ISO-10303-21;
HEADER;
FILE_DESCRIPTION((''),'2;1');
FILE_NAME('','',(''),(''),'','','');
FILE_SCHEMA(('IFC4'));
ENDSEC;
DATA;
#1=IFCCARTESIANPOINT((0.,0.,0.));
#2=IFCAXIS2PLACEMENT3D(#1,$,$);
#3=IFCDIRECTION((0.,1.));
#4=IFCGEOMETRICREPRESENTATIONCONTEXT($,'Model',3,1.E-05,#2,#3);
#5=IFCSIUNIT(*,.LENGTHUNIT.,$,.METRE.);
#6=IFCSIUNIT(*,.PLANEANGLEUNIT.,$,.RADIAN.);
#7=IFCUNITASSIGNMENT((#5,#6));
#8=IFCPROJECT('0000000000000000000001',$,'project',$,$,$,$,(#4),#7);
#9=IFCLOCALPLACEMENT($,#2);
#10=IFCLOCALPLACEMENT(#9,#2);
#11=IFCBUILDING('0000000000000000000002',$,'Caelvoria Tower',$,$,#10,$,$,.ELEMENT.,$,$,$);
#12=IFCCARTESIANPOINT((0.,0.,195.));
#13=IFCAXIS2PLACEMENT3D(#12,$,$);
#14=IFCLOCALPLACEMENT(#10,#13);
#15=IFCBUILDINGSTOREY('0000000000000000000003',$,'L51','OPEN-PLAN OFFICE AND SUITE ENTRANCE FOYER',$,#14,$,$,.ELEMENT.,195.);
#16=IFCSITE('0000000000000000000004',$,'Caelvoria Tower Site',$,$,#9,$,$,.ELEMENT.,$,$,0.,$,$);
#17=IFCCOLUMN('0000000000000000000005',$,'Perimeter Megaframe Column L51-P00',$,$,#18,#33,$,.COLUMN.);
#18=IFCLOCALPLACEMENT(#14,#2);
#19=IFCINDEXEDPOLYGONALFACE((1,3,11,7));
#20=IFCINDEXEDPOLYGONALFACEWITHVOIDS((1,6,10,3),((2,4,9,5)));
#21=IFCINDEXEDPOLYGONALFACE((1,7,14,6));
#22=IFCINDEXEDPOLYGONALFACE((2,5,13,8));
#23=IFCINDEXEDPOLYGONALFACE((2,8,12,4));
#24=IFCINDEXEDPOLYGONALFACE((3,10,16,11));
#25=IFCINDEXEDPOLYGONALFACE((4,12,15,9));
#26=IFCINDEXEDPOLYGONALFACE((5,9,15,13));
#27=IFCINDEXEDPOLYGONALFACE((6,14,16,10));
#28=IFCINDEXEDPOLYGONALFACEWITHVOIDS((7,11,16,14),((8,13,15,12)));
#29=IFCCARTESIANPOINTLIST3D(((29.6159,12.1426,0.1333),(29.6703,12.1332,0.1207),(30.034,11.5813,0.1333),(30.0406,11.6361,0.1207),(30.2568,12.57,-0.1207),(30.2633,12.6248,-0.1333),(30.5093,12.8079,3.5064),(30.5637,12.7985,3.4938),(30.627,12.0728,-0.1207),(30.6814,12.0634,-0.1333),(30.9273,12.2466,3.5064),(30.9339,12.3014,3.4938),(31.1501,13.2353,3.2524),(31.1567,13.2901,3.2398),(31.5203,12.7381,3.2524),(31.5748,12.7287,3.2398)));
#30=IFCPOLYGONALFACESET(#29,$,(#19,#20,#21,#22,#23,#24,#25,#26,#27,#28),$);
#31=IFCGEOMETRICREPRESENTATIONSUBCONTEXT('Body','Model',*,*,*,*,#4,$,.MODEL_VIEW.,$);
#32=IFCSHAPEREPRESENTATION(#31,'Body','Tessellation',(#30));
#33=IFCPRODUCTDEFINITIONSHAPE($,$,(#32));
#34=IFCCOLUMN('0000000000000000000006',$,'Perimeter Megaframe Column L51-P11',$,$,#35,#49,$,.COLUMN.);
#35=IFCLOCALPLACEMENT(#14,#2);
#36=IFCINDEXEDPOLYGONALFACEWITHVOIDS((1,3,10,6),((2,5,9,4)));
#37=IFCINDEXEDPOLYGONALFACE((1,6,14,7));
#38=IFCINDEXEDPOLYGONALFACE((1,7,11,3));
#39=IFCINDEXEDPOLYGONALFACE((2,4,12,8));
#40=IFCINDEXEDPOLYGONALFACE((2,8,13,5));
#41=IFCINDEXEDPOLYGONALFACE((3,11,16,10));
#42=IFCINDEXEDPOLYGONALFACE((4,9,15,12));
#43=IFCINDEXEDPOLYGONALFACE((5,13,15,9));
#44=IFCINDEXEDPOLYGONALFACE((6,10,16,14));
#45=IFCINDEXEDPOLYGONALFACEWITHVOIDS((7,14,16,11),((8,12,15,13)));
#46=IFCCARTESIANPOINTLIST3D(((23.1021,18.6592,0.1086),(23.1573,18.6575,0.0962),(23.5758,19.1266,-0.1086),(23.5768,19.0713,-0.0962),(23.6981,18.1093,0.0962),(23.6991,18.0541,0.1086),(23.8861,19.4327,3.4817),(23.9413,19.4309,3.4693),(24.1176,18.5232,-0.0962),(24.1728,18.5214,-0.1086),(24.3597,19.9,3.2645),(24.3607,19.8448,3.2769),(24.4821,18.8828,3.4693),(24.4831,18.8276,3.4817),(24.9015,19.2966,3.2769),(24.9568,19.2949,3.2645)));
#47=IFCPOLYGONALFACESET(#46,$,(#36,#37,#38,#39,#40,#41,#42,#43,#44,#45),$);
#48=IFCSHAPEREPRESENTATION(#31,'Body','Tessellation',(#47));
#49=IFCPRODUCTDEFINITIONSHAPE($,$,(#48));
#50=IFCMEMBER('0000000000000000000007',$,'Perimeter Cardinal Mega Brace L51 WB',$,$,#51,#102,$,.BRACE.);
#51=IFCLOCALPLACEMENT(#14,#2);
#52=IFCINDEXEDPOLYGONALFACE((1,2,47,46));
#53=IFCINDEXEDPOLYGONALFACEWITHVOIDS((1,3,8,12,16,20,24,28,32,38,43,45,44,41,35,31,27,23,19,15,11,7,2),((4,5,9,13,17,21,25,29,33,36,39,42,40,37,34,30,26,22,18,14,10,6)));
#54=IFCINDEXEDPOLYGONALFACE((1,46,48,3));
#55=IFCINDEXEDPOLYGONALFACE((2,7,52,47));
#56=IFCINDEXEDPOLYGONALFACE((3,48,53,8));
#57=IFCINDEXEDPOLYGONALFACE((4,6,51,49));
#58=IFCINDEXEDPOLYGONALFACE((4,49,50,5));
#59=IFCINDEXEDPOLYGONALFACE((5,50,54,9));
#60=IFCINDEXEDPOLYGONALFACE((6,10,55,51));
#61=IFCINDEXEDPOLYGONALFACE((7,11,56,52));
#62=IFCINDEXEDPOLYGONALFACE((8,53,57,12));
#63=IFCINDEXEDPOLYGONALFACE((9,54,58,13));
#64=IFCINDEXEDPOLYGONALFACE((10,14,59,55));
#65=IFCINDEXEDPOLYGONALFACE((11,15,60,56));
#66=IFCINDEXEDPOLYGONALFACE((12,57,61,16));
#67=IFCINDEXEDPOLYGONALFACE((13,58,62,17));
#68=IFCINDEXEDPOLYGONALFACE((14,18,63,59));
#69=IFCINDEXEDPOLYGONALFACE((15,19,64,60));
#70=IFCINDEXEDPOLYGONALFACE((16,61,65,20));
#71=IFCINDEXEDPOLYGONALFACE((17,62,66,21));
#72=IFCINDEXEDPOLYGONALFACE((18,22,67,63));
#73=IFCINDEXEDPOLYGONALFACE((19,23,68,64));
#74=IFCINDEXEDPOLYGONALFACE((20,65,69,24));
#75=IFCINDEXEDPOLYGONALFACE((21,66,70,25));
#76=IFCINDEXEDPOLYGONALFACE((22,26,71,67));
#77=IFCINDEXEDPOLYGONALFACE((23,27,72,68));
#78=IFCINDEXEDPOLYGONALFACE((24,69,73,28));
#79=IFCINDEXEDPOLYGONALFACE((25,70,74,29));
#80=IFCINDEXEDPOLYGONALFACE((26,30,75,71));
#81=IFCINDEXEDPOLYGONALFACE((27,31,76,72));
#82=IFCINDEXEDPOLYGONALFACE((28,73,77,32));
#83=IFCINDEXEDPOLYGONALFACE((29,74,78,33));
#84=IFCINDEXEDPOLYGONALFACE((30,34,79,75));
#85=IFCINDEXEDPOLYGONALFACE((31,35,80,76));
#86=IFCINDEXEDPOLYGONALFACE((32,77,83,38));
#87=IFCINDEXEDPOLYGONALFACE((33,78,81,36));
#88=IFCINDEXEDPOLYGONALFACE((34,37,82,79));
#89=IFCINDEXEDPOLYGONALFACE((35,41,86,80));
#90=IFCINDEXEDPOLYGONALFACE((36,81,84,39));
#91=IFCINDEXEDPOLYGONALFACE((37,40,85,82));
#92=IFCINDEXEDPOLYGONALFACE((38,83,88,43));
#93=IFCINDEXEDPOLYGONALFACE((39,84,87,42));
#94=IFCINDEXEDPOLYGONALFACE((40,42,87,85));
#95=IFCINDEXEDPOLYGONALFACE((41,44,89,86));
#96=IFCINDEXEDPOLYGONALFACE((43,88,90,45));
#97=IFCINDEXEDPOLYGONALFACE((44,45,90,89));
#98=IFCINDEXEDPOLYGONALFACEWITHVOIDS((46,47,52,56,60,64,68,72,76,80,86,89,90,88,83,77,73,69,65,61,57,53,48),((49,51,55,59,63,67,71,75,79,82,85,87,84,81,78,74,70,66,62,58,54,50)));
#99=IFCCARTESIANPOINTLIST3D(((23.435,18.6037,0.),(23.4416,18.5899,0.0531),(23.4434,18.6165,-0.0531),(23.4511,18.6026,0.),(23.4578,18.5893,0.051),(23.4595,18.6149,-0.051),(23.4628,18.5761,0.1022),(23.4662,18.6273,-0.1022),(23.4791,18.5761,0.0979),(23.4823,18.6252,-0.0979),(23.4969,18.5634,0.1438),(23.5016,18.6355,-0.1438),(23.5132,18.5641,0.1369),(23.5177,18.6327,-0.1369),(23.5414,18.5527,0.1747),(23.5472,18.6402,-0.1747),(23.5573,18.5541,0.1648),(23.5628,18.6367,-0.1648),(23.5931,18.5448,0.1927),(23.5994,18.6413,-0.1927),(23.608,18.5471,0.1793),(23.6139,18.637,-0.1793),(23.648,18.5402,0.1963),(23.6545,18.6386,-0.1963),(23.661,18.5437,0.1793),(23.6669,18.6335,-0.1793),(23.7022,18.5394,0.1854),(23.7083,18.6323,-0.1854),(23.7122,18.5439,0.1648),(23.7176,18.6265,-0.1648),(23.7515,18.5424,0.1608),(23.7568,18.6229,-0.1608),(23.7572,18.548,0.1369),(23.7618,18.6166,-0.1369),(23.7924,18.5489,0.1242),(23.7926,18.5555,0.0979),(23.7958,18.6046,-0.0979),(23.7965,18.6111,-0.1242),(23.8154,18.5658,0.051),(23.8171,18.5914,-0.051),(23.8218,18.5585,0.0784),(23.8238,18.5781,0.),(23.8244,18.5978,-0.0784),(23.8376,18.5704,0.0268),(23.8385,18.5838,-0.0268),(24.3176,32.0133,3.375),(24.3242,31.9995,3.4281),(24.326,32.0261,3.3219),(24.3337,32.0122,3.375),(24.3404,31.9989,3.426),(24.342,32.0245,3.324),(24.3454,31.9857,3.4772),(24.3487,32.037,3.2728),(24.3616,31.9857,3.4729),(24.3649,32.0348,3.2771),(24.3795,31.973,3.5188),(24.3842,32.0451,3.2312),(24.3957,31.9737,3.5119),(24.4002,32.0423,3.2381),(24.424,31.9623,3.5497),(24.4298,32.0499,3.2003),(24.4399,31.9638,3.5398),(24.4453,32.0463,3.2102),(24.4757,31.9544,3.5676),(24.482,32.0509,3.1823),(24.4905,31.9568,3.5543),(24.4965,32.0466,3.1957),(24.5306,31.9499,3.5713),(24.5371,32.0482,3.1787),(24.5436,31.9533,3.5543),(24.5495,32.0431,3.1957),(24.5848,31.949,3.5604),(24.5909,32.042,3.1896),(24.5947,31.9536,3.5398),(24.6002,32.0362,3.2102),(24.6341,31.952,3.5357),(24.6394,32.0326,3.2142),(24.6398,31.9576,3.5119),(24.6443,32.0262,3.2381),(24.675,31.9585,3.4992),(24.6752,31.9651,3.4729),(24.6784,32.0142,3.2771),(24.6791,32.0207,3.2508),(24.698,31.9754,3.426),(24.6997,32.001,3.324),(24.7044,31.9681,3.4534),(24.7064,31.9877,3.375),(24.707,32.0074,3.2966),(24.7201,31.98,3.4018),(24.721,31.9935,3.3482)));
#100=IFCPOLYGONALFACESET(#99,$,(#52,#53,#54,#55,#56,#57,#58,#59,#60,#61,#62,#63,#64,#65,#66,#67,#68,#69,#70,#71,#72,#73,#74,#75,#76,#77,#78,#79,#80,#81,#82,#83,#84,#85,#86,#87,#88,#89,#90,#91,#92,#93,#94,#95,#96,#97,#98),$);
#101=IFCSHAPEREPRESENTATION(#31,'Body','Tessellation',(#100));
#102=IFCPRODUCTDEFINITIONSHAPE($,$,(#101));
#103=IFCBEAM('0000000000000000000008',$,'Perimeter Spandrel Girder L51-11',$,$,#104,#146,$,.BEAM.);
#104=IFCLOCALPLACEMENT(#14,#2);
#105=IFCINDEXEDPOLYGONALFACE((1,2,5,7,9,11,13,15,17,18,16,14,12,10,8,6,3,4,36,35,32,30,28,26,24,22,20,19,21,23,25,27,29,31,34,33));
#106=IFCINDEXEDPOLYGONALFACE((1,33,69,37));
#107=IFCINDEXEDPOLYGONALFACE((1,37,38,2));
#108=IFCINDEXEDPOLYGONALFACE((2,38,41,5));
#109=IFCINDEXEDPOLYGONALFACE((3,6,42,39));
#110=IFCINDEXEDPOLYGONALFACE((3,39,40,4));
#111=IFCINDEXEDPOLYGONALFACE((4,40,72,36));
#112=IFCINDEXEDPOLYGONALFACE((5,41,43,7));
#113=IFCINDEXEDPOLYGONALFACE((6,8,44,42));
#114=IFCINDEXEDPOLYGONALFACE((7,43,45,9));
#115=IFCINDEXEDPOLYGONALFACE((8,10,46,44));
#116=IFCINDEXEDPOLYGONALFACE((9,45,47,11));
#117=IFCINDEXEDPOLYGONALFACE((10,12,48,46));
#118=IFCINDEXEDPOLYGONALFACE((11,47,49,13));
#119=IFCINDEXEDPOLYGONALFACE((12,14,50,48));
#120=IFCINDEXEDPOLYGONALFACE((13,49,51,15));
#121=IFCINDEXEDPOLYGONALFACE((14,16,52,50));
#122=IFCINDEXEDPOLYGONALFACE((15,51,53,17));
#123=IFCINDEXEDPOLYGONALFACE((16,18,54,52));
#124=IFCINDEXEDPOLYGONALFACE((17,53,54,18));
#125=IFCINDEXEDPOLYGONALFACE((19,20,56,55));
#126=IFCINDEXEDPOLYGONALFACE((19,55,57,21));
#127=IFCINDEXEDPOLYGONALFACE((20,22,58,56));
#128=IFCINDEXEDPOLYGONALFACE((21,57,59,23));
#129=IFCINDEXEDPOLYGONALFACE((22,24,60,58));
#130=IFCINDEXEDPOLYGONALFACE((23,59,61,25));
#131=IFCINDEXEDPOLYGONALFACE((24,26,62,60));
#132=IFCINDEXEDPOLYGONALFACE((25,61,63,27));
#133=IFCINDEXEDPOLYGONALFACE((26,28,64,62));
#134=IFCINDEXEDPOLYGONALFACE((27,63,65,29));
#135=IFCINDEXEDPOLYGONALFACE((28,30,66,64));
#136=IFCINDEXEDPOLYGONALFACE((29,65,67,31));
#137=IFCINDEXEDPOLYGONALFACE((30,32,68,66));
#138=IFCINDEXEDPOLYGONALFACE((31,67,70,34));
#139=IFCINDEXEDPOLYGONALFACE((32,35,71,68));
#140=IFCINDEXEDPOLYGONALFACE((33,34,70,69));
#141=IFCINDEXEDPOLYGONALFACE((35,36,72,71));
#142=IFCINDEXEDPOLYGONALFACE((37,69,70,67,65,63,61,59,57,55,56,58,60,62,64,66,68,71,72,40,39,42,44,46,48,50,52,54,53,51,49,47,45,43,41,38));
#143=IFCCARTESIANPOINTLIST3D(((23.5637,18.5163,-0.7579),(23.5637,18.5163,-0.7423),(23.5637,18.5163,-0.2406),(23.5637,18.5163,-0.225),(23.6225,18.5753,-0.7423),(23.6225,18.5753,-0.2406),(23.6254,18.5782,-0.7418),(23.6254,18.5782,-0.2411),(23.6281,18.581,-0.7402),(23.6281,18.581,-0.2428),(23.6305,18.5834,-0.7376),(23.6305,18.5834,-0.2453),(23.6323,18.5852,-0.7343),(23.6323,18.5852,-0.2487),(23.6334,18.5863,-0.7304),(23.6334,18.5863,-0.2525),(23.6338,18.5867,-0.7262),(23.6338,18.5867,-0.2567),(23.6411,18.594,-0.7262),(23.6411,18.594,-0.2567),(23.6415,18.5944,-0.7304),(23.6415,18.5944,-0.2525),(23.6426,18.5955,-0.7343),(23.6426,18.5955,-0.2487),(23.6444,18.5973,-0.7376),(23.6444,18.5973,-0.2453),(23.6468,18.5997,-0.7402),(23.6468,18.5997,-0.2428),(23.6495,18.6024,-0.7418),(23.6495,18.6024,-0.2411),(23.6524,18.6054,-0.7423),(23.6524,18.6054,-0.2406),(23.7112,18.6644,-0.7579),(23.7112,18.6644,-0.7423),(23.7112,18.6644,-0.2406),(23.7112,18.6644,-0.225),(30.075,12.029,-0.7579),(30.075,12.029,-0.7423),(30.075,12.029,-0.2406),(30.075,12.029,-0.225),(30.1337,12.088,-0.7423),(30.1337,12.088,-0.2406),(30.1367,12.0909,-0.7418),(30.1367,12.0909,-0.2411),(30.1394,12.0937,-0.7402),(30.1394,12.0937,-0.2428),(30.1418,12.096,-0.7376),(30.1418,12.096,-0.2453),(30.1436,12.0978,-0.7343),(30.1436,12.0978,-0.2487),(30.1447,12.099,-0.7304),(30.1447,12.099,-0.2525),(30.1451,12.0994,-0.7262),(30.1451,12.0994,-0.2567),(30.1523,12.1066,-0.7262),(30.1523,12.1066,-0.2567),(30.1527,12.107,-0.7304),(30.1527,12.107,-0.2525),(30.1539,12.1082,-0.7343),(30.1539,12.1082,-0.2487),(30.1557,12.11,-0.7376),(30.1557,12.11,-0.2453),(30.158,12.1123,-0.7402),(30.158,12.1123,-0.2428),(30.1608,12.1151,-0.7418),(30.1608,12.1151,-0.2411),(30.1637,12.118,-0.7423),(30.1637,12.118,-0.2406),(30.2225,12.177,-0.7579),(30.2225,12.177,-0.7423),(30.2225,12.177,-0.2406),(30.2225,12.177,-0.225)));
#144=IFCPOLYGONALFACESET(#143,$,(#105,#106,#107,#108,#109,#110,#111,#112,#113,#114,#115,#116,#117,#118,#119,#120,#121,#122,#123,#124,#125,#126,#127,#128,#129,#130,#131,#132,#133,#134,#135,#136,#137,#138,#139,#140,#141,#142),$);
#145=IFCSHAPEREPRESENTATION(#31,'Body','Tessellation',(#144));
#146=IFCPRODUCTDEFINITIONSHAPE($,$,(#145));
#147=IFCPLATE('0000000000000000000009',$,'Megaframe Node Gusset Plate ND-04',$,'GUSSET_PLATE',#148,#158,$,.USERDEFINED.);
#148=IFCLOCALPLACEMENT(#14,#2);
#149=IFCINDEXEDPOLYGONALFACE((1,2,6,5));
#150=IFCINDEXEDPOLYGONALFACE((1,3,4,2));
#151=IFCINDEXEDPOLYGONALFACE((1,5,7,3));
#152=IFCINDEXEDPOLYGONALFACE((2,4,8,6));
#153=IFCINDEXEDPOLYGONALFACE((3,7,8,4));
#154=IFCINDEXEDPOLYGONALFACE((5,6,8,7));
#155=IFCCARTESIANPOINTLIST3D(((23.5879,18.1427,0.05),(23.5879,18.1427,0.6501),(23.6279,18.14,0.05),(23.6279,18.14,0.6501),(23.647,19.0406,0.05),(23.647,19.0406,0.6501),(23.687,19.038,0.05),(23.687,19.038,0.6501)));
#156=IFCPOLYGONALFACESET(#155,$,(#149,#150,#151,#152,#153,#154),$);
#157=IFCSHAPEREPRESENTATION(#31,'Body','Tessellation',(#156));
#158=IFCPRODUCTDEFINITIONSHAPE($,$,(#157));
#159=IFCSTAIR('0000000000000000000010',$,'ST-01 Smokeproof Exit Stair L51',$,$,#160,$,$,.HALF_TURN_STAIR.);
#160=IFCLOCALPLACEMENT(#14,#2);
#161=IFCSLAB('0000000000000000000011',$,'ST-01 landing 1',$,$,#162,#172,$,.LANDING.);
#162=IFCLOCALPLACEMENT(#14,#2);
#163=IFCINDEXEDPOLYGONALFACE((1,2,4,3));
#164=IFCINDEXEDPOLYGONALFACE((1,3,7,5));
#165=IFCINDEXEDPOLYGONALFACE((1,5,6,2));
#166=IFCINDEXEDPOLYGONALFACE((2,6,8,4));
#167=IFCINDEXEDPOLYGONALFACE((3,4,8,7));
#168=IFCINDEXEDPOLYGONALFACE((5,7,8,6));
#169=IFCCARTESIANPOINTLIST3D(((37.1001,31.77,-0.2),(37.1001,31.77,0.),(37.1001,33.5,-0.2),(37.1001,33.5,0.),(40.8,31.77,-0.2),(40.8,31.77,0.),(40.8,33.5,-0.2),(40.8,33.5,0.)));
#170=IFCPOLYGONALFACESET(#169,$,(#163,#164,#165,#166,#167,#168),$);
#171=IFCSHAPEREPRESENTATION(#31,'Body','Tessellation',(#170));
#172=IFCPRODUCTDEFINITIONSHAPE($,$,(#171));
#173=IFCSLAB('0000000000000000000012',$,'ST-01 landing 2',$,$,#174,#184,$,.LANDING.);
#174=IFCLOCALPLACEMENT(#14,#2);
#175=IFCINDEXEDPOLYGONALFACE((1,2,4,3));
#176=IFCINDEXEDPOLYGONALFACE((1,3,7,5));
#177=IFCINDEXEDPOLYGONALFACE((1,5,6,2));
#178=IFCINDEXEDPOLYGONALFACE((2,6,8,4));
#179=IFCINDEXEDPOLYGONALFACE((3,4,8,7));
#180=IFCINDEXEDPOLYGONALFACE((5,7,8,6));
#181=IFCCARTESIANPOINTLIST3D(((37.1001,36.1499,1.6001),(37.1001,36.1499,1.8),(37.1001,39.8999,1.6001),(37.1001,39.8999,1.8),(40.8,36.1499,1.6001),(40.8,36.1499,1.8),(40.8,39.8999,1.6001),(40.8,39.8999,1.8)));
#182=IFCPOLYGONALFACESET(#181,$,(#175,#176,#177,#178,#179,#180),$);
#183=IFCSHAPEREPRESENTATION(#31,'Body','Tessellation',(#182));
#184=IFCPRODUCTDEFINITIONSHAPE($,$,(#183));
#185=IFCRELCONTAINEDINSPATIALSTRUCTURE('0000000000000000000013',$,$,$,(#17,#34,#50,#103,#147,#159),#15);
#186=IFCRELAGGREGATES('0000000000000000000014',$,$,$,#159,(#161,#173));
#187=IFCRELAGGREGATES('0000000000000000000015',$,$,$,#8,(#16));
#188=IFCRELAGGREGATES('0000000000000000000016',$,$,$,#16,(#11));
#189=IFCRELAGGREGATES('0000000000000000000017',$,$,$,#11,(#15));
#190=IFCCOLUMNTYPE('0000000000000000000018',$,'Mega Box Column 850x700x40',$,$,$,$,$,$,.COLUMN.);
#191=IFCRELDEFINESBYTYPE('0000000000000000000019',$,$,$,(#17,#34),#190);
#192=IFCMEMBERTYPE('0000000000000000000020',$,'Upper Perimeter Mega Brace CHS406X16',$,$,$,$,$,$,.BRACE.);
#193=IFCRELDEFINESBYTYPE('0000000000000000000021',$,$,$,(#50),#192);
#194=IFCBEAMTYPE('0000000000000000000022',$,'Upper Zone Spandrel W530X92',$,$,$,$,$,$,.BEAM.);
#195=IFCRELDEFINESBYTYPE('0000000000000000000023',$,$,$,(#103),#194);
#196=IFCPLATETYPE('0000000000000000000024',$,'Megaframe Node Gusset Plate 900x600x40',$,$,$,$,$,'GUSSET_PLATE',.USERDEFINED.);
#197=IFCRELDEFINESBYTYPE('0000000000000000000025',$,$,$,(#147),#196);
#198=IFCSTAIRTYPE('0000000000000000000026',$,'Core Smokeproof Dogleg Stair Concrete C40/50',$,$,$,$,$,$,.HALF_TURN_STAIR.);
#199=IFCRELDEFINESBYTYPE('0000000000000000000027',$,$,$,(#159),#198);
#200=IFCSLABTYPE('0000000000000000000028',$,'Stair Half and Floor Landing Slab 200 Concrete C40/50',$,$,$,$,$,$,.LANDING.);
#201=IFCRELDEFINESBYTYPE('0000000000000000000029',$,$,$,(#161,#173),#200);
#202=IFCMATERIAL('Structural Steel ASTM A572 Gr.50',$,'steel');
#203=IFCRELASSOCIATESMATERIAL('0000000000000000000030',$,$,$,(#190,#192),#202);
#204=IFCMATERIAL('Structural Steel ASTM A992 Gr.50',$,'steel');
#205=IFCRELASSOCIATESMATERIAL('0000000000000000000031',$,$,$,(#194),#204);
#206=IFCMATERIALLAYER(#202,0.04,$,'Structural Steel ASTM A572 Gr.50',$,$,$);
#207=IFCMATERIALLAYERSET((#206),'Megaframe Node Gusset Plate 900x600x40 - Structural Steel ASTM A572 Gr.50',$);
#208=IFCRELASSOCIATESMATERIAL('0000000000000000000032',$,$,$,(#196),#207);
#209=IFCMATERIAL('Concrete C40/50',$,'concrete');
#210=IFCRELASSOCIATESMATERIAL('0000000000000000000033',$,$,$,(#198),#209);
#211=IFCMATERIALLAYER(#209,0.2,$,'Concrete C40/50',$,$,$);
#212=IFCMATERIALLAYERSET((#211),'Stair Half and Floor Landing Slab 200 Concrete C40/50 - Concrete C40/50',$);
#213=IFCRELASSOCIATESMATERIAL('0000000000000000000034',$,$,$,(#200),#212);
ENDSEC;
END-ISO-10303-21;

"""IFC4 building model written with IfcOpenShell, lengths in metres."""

from ifc_helpers import new_model, si_unit, direction, frame, origin, origin_2d, place, context, subcontext, project, spatial, polyline, rectangle, hollow_rectangle, hollow_circle, i_section, outline, extrude, material, layer, layer_set, material_profile, profile_set, type_object, element, aggregate, save


model = new_model("IFC4")

# Units and contexts
model_context = context("Model", 3, precision=1e-05, world=origin(), true_north=direction((0.0, 1.0)))
body_context = subcontext(model_context, "Body", "Model", "MODEL_VIEW")
ifc_project = project(units=[si_unit("LENGTHUNIT", "METRE"), si_unit("PLANEANGLEUNIT", "RADIAN")], contexts=[model_context])

# Site, building, storey
site_placement = place(None, origin())
site = spatial("IfcSite", under=ifc_project, at=site_placement, Name="Caelvoria Tower Site", CompositionType="ELEMENT", RefElevation=0.0)
building_placement = place(site_placement, origin())
building = spatial("IfcBuilding", under=site, at=building_placement, Name="Caelvoria Tower", CompositionType="ELEMENT")
storey_placement = place(building_placement, frame((0.0, 0.0, 195.0)))
storey = spatial("IfcBuildingStorey", under=building, at=storey_placement, Name="L51", Description="OPEN-PLAN OFFICE AND SUITE ENTRANCE FOYER", CompositionType="ELEMENT", Elevation=195.0)

# Columns
ifc_material_1 = material(Name="Structural Steel ASTM A572 Gr.50", Category="steel")
ifc_material_profile_1 = material_profile(ifc_material_1, hollow_rectangle(XDim=0.7, YDim=0.8501, WallThickness=0.04, at=origin_2d()), Name="Structural Steel ASTM A572 Gr.50")
ifc_profile_set_1 = profile_set([ifc_material_profile_1], Name="BOX850X700X40 - Structural Steel ASTM A572 Gr.50")
column_type = type_object("IfcColumnType", Name="Mega Box Column 850x700x40", PredefinedType="COLUMN", material=ifc_profile_set_1)
column_1_placement = place(storey_placement, frame((30.1487, 12.103, 0.0), z_axis=(0.251482, 0.187288, 0.949568), x_axis=(-0.597296, 0.802021, 0.0)))
element("IfcColumn", 1, at=column_1_placement, inside=storey, type_object=column_type, Name="Perimeter Megaframe Column L51-P00", PredefinedType="COLUMN", context=body_context, shape_type="SweptSolid", body=[
    extrude(hollow_rectangle(XDim=0.7, YDim=0.8501, WallThickness=0.04, at=origin_2d()), origin(), (0.0, 0.0, 1.0), 3.5522),
])
column_2_placement = place(storey_placement, frame((23.6375, 18.5903, 0.0), z_axis=(0.220935, 0.217976, 0.950618), x_axis=(-0.676704, -0.667642, 0.310364)))
element("IfcColumn", 2, at=column_2_placement, inside=storey, type_object=column_type, Name="Perimeter Megaframe Column L51-P11", PredefinedType="COLUMN", context=body_context, shape_type="SweptSolid", body=[
    extrude(hollow_rectangle(XDim=0.7, YDim=0.8501, WallThickness=0.04, at=origin_2d()), origin(), (0.0, 0.0, 1.0), 3.5483),
])

# Member
ifc_material_profile_2 = material_profile(ifc_material_1, hollow_circle(Radius=0.2029, WallThickness=0.0161, at=origin_2d()), Name="Structural Steel ASTM A572 Gr.50")
ifc_profile_set_2 = profile_set([ifc_material_profile_2], Name="CHS406X16 - Structural Steel ASTM A572 Gr.50")
member_type = type_object("IfcMemberType", Name="Upper Perimeter Mega Brace CHS406X16", PredefinedType="BRACE", material=ifc_profile_set_2)
member_placement = place(storey_placement, frame((23.6375, 18.5903, 0.0), z_axis=(0.063696, 0.967788, 0.243577), x_axis=(-0.997841, 0.065674, 0.0)))
element("IfcMember", 3, at=member_placement, inside=storey, type_object=member_type, Name="Perimeter Cardinal Mega Brace L51 WB", PredefinedType="BRACE", context=body_context, shape_type="SweptSolid", body=[
    extrude(hollow_circle(Radius=0.2029, WallThickness=0.0161, at=origin_2d()), origin(), (0.0, 0.0, 1.0), 13.856),
])

# Beam
ifc_material_2 = material(Name="Structural Steel ASTM A992 Gr.50", Category="steel")
ifc_material_profile_3 = material_profile(ifc_material_2, i_section(OverallWidth=0.209, OverallDepth=0.533, WebThickness=0.0103, FlangeThickness=0.0156, FilletRadius=0.0161, at=origin_2d()), Name="Structural Steel ASTM A992 Gr.50")
ifc_profile_set_3 = profile_set([ifc_material_profile_3], Name="W530X92 - Structural Steel ASTM A992 Gr.50")
beam_type = type_object("IfcBeamType", Name="Upper Zone Spandrel W530X92", PredefinedType="BEAM", material=ifc_profile_set_3)
beam_placement = place(storey_placement, frame((23.6375, 18.5903, -0.4915), z_axis=(0.708407, -0.705804, 0.0), x_axis=(0.705804, 0.708407, 0.0)))
element("IfcBeam", 4, at=beam_placement, inside=storey, type_object=beam_type, Name="Perimeter Spandrel Girder L51-11", PredefinedType="BEAM", context=body_context, shape_type="SweptSolid", body=[
    extrude(i_section(OverallWidth=0.209, OverallDepth=0.533, WebThickness=0.0103, FlangeThickness=0.0156, FilletRadius=0.0161, at=origin_2d()), origin(), (0.0, 0.0, 1.0), 9.1914),
])

# Plate
ifc_layer_1 = layer(ifc_material_1, 0.04, Name="Structural Steel ASTM A572 Gr.50")
ifc_layer_set_1 = layer_set([ifc_layer_1], Name="Megaframe Node Gusset Plate 900x600x40 - Structural Steel ASTM A572 Gr.50")
plate_type = type_object("IfcPlateType", Name="Megaframe Node Gusset Plate 900x600x40", ElementType="GUSSET_PLATE", PredefinedType="USERDEFINED", material=ifc_layer_set_1)
plate_placement = place(storey_placement, frame((23.6375, 18.5903, 0.05), z_axis=(0.0, 0.0, 1.0), x_axis=(0.065668, 0.997842, 0.0)))
element("IfcPlate", 5, at=plate_placement, inside=storey, type_object=plate_type, Name="Megaframe Node Gusset Plate ND-04", ObjectType="GUSSET_PLATE", PredefinedType="USERDEFINED", context=body_context, shape_type="SweptSolid", body=[
    extrude(rectangle(XDim=0.8999, YDim=0.04, at=origin_2d()), origin(), (0.0, 0.0, 1.0), 0.6001),
])

# Stair, slabs
ifc_material_3 = material(Name="Concrete C40/50", Category="concrete")
stair_type = type_object("IfcStairType", Name="Core Smokeproof Dogleg Stair Concrete C40/50", PredefinedType="HALF_TURN_STAIR", material=ifc_material_3)
stair_1_placement = place(storey_placement, origin())
stair_1 = element("IfcStair", 6, at=stair_1_placement, inside=storey, type_object=stair_type, Name="ST-01 Smokeproof Exit Stair L51", PredefinedType="HALF_TURN_STAIR")
ifc_layer_2 = layer(ifc_material_3, 0.2, Name="Concrete C40/50")
ifc_layer_set_2 = layer_set([ifc_layer_2], Name="Stair Half and Floor Landing Slab 200 Concrete C40/50 - Concrete C40/50")
slab_type_1 = type_object("IfcSlabType", Name="Stair Half and Floor Landing Slab 200 Concrete C40/50", PredefinedType="LANDING", material=ifc_layer_set_2)
slab_1_placement = place(storey_placement, frame((0.0, 0.0, -0.2)))
slab_1 = element("IfcSlab", 7, at=slab_1_placement, type_object=slab_type_1, Name="ST-01 landing 1", PredefinedType="LANDING", context=body_context, shape_type="SweptSolid", body=[
    extrude(outline(polyline([(37.1001, 31.77), (40.8, 31.77), (40.8, 33.5), (37.1001, 33.5), (37.1001, 31.77)])), origin(), (0.0, 0.0, 1.0), 0.2),
])
slab_2_placement = place(storey_placement, frame((0.0, 0.0, 1.6001)))
slab_2 = element("IfcSlab", 8, at=slab_2_placement, type_object=slab_type_1, Name="ST-01 landing 2", PredefinedType="LANDING", context=body_context, shape_type="SweptSolid", body=[
    extrude(outline(polyline([(37.1001, 36.1499), (40.8, 36.1499), (40.8, 39.8999), (37.1001, 39.8999), (37.1001, 36.1499)])), origin(), (0.0, 0.0, 1.0), 0.2),
])
aggregate(stair_1, [slab_1, slab_2])

save(model, "model.ifc")
